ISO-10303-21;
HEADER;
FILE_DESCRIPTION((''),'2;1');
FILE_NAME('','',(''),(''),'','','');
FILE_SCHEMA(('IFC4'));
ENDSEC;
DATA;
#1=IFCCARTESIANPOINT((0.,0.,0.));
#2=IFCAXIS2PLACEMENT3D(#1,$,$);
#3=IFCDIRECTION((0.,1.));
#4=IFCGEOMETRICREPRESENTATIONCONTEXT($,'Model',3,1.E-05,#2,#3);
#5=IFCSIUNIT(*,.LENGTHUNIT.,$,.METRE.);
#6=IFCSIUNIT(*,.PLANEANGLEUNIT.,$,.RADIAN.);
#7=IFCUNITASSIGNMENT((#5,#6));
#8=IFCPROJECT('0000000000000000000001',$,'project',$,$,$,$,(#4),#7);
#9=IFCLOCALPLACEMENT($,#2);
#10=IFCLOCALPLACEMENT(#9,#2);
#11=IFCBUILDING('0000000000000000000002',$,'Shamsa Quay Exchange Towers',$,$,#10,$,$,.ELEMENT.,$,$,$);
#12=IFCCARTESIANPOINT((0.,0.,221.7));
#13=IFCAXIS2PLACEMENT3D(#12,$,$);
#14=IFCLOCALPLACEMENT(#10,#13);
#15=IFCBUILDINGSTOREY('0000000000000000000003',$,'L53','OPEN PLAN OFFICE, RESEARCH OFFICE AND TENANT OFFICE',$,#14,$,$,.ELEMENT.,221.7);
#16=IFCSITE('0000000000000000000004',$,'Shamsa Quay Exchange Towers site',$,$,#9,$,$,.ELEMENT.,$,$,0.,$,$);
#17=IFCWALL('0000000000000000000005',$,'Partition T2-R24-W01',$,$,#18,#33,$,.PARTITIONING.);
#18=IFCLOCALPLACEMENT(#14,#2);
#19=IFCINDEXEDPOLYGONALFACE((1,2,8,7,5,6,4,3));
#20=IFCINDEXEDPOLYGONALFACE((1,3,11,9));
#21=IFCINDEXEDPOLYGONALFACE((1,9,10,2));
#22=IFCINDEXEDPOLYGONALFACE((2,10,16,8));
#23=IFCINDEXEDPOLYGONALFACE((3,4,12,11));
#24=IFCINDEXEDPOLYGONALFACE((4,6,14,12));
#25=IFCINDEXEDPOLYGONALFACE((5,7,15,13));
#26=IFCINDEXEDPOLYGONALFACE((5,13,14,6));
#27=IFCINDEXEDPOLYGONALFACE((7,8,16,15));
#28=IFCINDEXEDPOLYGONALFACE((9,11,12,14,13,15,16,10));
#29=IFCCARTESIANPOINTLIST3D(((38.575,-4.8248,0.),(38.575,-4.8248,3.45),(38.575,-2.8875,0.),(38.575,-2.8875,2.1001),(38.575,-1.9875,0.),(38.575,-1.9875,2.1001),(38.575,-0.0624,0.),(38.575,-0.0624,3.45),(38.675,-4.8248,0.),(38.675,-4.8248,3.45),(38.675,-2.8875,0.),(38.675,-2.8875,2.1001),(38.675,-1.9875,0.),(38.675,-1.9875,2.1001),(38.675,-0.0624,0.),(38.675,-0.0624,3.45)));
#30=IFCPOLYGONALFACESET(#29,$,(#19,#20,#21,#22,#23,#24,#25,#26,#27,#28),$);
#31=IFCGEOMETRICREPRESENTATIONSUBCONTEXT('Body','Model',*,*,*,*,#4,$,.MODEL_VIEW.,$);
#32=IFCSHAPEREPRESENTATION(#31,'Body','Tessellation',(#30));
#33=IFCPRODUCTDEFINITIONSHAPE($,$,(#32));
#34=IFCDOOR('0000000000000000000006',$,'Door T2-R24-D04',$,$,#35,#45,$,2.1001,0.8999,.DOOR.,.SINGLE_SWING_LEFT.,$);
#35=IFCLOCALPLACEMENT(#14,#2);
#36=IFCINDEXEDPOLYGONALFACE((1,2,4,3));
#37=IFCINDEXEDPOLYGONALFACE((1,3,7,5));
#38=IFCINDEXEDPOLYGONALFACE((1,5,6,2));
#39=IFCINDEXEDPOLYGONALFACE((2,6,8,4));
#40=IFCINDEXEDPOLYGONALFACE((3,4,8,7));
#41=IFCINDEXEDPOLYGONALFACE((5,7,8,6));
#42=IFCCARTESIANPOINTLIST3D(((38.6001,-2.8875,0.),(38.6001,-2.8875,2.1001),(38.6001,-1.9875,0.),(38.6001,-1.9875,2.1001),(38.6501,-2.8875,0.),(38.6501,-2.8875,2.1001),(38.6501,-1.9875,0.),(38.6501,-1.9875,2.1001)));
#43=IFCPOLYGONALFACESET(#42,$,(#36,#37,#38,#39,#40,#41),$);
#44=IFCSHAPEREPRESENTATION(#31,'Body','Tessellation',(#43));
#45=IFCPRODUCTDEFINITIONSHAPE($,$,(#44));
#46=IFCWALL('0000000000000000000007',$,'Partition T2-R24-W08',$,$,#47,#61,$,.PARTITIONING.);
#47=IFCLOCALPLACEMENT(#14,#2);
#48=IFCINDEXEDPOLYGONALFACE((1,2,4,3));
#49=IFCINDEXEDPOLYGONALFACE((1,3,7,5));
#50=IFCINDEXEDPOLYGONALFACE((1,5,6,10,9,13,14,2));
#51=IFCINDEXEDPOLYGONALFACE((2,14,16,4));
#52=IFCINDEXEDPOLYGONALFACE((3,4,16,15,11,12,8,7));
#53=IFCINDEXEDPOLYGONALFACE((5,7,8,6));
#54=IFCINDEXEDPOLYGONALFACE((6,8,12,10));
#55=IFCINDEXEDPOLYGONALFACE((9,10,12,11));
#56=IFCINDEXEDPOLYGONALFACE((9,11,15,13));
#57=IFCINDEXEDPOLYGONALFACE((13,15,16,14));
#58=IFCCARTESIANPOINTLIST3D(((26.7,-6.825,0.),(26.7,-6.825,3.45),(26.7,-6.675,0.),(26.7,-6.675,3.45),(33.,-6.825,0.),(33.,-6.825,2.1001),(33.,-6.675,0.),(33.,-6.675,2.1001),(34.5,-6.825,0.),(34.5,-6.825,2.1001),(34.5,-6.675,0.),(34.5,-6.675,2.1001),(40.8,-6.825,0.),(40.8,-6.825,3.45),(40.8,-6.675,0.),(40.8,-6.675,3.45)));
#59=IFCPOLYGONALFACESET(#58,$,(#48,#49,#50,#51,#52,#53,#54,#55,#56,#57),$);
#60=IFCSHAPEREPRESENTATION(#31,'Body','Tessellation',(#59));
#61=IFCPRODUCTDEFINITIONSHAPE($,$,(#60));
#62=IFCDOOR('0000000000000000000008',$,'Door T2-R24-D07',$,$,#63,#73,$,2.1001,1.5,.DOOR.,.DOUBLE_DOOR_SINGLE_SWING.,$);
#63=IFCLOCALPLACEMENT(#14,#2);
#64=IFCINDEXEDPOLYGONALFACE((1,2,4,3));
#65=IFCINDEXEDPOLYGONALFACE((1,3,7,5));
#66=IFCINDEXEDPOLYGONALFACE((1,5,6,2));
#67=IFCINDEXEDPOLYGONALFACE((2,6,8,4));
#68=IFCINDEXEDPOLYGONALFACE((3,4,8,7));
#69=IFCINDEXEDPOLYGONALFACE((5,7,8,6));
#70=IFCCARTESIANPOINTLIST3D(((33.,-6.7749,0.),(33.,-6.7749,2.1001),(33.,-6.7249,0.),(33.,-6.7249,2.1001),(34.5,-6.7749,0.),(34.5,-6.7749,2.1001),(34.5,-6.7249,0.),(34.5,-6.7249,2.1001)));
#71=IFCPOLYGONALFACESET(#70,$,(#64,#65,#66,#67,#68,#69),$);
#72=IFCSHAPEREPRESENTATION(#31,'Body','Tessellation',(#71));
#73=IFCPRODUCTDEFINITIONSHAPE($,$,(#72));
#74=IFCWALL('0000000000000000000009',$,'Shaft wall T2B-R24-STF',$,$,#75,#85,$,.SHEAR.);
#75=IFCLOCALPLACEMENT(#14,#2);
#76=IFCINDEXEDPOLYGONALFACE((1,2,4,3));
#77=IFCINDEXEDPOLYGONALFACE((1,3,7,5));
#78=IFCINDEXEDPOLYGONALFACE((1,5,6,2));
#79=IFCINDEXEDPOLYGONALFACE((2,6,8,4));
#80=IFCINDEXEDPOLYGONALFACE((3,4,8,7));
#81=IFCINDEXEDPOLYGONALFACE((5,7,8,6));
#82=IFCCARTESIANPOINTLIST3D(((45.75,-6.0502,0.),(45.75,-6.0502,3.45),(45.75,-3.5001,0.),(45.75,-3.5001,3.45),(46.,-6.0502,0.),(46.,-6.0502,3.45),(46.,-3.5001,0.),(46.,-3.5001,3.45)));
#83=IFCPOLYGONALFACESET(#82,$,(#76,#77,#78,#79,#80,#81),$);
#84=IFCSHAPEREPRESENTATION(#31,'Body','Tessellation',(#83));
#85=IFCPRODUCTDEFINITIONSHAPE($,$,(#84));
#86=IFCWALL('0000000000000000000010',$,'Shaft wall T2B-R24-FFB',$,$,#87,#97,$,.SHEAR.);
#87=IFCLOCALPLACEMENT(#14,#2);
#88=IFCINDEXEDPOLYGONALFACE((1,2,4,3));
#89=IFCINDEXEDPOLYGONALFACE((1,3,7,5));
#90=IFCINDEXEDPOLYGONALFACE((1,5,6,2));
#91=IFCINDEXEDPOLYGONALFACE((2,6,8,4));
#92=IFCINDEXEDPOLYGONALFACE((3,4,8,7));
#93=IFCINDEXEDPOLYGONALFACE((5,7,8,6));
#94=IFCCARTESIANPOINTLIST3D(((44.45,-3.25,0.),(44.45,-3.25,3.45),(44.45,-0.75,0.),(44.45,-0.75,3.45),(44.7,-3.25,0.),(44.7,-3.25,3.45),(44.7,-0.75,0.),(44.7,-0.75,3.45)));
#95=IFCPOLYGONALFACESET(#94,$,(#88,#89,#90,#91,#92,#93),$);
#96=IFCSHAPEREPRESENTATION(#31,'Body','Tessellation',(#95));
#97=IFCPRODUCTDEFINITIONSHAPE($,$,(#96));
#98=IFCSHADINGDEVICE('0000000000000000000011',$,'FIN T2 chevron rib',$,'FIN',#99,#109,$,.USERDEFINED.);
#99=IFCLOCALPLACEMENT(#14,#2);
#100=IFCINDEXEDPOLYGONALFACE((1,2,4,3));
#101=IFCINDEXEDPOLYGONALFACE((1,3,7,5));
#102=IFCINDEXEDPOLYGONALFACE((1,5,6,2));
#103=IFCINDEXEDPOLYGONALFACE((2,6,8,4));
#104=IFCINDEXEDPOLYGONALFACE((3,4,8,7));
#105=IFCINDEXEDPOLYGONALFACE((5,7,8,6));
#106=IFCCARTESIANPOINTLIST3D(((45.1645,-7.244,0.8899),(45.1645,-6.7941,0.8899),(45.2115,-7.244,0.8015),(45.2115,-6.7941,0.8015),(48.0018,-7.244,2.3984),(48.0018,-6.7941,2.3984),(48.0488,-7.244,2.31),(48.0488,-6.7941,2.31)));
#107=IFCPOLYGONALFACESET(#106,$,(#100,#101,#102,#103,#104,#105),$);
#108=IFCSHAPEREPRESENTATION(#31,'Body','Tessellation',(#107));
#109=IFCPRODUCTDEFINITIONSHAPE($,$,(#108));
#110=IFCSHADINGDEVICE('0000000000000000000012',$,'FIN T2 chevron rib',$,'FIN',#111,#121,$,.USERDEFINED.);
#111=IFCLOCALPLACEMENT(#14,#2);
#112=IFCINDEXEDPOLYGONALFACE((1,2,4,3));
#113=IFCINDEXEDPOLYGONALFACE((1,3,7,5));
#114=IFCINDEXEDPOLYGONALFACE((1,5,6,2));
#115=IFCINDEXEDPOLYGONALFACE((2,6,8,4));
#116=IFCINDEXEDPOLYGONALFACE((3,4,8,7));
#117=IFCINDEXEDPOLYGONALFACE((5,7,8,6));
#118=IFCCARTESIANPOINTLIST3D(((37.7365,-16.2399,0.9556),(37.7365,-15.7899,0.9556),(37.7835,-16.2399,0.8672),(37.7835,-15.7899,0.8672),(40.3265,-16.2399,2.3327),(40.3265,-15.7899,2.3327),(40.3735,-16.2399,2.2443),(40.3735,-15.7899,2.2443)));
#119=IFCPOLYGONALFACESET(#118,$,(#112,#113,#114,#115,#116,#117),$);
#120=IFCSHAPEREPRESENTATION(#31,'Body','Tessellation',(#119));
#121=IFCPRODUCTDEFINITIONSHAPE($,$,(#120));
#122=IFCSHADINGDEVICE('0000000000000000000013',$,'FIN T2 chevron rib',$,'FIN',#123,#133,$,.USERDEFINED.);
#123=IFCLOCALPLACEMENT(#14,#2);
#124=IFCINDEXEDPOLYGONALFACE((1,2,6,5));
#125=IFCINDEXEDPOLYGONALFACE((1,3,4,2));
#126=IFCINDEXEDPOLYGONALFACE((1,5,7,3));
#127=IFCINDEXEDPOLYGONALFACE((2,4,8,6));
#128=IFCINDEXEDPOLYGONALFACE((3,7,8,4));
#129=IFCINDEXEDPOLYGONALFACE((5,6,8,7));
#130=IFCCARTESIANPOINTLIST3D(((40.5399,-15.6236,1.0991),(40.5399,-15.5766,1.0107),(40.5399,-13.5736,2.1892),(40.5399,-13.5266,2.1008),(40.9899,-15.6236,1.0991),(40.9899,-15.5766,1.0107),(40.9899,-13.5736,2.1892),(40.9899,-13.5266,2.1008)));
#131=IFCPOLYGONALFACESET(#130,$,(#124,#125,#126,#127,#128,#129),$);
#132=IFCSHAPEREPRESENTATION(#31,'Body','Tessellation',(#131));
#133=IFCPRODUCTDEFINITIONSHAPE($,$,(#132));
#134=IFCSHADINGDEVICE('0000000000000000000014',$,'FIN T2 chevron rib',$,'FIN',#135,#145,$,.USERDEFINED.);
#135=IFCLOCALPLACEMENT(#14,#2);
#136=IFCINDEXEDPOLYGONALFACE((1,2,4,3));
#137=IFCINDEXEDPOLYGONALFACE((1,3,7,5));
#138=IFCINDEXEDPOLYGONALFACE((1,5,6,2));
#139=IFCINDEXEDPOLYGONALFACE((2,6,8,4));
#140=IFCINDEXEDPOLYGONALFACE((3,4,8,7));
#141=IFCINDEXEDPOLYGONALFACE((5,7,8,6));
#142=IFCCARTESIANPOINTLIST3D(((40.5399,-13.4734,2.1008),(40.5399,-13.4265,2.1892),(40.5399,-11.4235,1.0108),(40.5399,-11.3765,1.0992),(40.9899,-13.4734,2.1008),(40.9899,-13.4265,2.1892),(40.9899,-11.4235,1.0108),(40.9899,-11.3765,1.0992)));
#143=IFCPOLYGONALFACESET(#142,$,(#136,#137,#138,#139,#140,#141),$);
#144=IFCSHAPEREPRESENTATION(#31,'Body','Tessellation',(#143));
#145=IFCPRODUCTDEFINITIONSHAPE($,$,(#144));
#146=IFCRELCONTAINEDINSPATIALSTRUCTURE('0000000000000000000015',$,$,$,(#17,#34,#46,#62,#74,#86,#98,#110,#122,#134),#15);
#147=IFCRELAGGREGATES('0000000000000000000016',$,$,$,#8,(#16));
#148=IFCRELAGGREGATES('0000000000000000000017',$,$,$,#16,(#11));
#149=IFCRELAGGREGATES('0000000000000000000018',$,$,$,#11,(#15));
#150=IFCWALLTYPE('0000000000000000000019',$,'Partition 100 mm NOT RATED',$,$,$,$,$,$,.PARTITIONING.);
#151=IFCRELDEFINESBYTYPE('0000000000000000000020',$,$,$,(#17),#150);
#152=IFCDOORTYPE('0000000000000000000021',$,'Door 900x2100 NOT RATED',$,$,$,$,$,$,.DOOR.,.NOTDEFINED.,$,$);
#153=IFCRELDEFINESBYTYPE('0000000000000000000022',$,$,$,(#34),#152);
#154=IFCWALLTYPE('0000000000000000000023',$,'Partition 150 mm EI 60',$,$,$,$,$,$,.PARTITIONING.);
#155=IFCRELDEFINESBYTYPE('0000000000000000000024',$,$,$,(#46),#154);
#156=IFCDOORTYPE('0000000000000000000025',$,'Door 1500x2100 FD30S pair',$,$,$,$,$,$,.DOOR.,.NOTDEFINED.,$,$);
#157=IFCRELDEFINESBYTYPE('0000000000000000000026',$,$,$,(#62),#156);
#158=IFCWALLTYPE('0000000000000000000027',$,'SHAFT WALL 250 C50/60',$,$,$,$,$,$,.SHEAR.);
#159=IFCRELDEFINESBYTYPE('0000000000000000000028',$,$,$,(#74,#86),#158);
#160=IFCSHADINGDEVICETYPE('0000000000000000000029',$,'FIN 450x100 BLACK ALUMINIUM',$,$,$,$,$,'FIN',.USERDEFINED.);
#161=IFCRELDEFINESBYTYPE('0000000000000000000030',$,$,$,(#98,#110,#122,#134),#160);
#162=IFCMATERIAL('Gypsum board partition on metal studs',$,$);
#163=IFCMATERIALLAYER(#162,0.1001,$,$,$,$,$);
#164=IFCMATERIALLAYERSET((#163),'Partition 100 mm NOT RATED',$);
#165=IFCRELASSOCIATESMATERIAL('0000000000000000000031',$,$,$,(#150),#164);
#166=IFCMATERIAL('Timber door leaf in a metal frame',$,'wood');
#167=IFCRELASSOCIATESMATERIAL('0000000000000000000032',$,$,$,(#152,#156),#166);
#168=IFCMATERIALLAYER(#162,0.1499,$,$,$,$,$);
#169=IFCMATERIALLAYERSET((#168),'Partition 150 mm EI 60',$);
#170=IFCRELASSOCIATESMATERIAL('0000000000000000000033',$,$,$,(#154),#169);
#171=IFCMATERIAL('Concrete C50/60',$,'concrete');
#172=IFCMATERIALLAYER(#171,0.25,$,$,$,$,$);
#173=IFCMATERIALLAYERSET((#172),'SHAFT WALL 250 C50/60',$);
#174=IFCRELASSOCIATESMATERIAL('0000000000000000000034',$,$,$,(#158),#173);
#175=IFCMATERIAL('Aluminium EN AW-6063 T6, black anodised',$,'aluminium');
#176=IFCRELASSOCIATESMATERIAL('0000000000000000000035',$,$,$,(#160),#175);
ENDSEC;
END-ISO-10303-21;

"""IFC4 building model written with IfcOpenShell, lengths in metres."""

from ifc_helpers import new_model, si_unit, direction, frame, frame_2d, origin, origin_2d, place, context, subcontext, project, spatial, rectangle, extrude, material, layer, layer_set, material_profile, profile_set, type_object, element, fill, save


model = new_model("IFC4")

# Units and contexts
model_context = context("Model", 3, precision=1e-05, world=origin(), true_north=direction((0.0, 1.0)))
body_context = subcontext(model_context, "Body", "Model", "MODEL_VIEW")
ifc_project = project(units=[si_unit("LENGTHUNIT", "METRE"), si_unit("PLANEANGLEUNIT", "RADIAN")], contexts=[model_context])

# Site, building, storey
site_placement = place(None, origin())
site = spatial("IfcSite", under=ifc_project, at=site_placement, Name="Shamsa Quay Exchange Towers site", CompositionType="ELEMENT", RefElevation=0.0)
building_placement = place(site_placement, origin())
building = spatial("IfcBuilding", under=site, at=building_placement, Name="Shamsa Quay Exchange Towers", CompositionType="ELEMENT")
storey_placement = place(building_placement, frame((0.0, 0.0, 221.7)))
storey = spatial("IfcBuildingStorey", under=building, at=storey_placement, Name="L53", Description="OPEN PLAN OFFICE, RESEARCH OFFICE AND TENANT OFFICE", CompositionType="ELEMENT", Elevation=221.7)

# Shared definitions
ifc_material_1 = material(Name="Aluminium EN AW-6063 T6, black anodised", Category="aluminium")

# Walls, openings, doors
ifc_material_2 = material(Name="Gypsum board partition on metal studs")
ifc_layer_1 = layer(ifc_material_2, 0.1001)
ifc_layer_set_1 = layer_set([ifc_layer_1], Name="Partition 100 mm NOT RATED")
wall_type_1 = type_object("IfcWallType", Name="Partition 100 mm NOT RATED", PredefinedType="PARTITIONING", material=ifc_layer_set_1)
wall_1_placement = place(storey_placement, frame((38.625, -4.825, 0.0), z_axis=(0.0, 0.0, 1.0), x_axis=(0.0, 1.0, 0.0)))
wall_1 = element("IfcWall", 1, at=wall_1_placement, inside=storey, type_object=wall_type_1, Name="Partition T2-R24-W01", PredefinedType="PARTITIONING", context=body_context, shape_type="SweptSolid", body=[
    extrude(rectangle(XDim=4.7625, YDim=0.1001, at=frame_2d((2.3813, 0.0))), origin(), (0.0, 0.0, 1.0), 3.45),
])
opening_1_placement = place(wall_1_placement, frame((1.9375, 0.0, 0.0)))
opening_1 = element("IfcOpeningElement", 2, at=opening_1_placement, cuts=wall_1, PredefinedType="OPENING", context=body_context, shape_type="SweptSolid", body=[
    extrude(rectangle(XDim=0.8999, YDim=2.1001, at=frame_2d((0.45, 1.05))), frame((0.0, 0.0601, 0.0), z_axis=(0.0, -1.0, 0.0), x_axis=(1.0, 0.0, 0.0)), (0.0, 0.0, 1.0), 0.1201),
])
ifc_material_3 = material(Name="Timber door leaf in a metal frame", Category="wood")
door_type_1 = type_object("IfcDoorType", Name="Door 900x2100 NOT RATED", OperationType="NOTDEFINED", PredefinedType="DOOR", material=ifc_material_3)
door_1_placement = place(opening_1_placement, origin())
door_1 = element("IfcDoor", 3, at=door_1_placement, inside=storey, type_object=door_type_1, Name="Door T2-R24-D04", OperationType="SINGLE_SWING_LEFT", OverallHeight=2.1001, OverallWidth=0.8999, PredefinedType="DOOR", context=body_context, shape_type="SweptSolid", body=[
    extrude(rectangle(XDim=0.8999, YDim=2.1001, at=frame_2d((0.45, 1.05))), frame((0.0, 0.0249, 0.0), z_axis=(0.0, -1.0, 0.0), x_axis=(1.0, 0.0, 0.0)), (0.0, 0.0, 1.0), 0.05),
])
fill(opening_1, door_1)
ifc_layer_2 = layer(ifc_material_2, 0.1499)
ifc_layer_set_2 = layer_set([ifc_layer_2], Name="Partition 150 mm EI 60")
wall_type_2 = type_object("IfcWallType", Name="Partition 150 mm EI 60", PredefinedType="PARTITIONING", material=ifc_layer_set_2)
wall_2_placement = place(storey_placement, frame((40.8, -6.75, 0.0), z_axis=(0.0, 0.0, 1.0), x_axis=(-1.0, 0.0, 0.0)))
wall_2 = element("IfcWall", 4, at=wall_2_placement, inside=storey, type_object=wall_type_2, Name="Partition T2-R24-W08", PredefinedType="PARTITIONING", context=body_context, shape_type="SweptSolid", body=[
    extrude(rectangle(XDim=14.1001, YDim=0.1499, at=frame_2d((7.05, 0.0))), origin(), (0.0, 0.0, 1.0), 3.45),
])
opening_2_placement = place(wall_2_placement, frame((6.3, 0.0, 0.0)))
opening_2 = element("IfcOpeningElement", 5, at=opening_2_placement, cuts=wall_2, PredefinedType="OPENING", context=body_context, shape_type="SweptSolid", body=[
    extrude(rectangle(XDim=1.5, YDim=2.1001, at=frame_2d((0.75, 1.05))), frame((0.0, 0.085, 0.0), z_axis=(0.0, -1.0, 0.0), x_axis=(1.0, 0.0, 0.0)), (0.0, 0.0, 1.0), 0.1699),
])
door_type_2 = type_object("IfcDoorType", Name="Door 1500x2100 FD30S pair", OperationType="NOTDEFINED", PredefinedType="DOOR", material=ifc_material_3)
door_2_placement = place(opening_2_placement, origin())
door_2 = element("IfcDoor", 6, at=door_2_placement, inside=storey, type_object=door_type_2, Name="Door T2-R24-D07", OperationType="DOUBLE_DOOR_SINGLE_SWING", OverallHeight=2.1001, OverallWidth=1.5, PredefinedType="DOOR", context=body_context, shape_type="SweptSolid", body=[
    extrude(rectangle(XDim=1.5, YDim=2.1001, at=frame_2d((0.75, 1.05))), frame((0.0, 0.0249, 0.0), z_axis=(0.0, -1.0, 0.0), x_axis=(1.0, 0.0, 0.0)), (0.0, 0.0, 1.0), 0.05),
])
fill(opening_2, door_2)

# Wall
ifc_material_4 = material(Name="Concrete C50/60", Category="concrete")
ifc_layer_3 = layer(ifc_material_4, 0.25)
ifc_layer_set_3 = layer_set([ifc_layer_3], Name="SHAFT WALL 250 C50/60")
wall_type_3 = type_object("IfcWallType", Name="SHAFT WALL 250 C50/60", PredefinedType="SHEAR", material=ifc_layer_set_3)
wall_3_placement = place(storey_placement, frame((45.875, -6.05, 0.0), z_axis=(0.0, 0.0, 1.0), x_axis=(0.0, 1.0, 0.0)))
element("IfcWall", 7, at=wall_3_placement, inside=storey, type_object=wall_type_3, Name="Shaft wall T2B-R24-STF", PredefinedType="SHEAR", context=body_context, shape_type="SweptSolid", body=[
    extrude(rectangle(XDim=2.55, YDim=0.25, at=frame_2d((1.2749, 0.0))), origin(), (0.0, 0.0, 1.0), 3.45),
])

# Wall
wall_4_placement = place(storey_placement, frame((44.575, -3.25, 0.0), z_axis=(0.0, 0.0, 1.0), x_axis=(0.0, 1.0, 0.0)))
element("IfcWall", 8, at=wall_4_placement, inside=storey, type_object=wall_type_3, Name="Shaft wall T2B-R24-FFB", PredefinedType="SHEAR", context=body_context, shape_type="SweptSolid", body=[
    extrude(rectangle(XDim=2.5, YDim=0.25, at=frame_2d((1.25, 0.0))), origin(), (0.0, 0.0, 1.0), 3.45),
])

# Shading devices
ifc_material_profile_1 = material_profile(ifc_material_1, rectangle(XDim=0.45, YDim=0.1001, at=origin_2d()), Name="FIN450x100")
ifc_profile_set_1 = profile_set([ifc_material_profile_1], Name="Aluminium EN AW-6063 T6, black anodised")
shading_device_type = type_object("IfcShadingDeviceType", Name="FIN 450x100 BLACK ALUMINIUM", ElementType="FIN", PredefinedType="USERDEFINED", material=ifc_profile_set_1)
shading_device_1_placement = place(storey_placement, frame((45.188, -7.019, 0.8457), z_axis=(0.882964, 0.0, 0.46944), x_axis=(0.0, 1.0, 0.0)))
element("IfcShadingDevice", 9, at=shading_device_1_placement, inside=storey, type_object=shading_device_type, Name="FIN T2 chevron rib", ObjectType="FIN", PredefinedType="USERDEFINED", context=body_context, shape_type="SweptSolid", body=[
    extrude(rectangle(XDim=0.45, YDim=0.1001, at=origin_2d()), origin(), (0.0, 0.0, 1.0), 3.2134),
])
shading_device_2_placement = place(storey_placement, frame((37.76, -16.0149, 0.9114), z_axis=(0.882944, 0.0, 0.469478), x_axis=(0.0, 1.0, 0.0)))
element("IfcShadingDevice", 10, at=shading_device_2_placement, inside=storey, type_object=shading_device_type, Name="FIN T2 chevron rib", ObjectType="FIN", PredefinedType="USERDEFINED", context=body_context, shape_type="SweptSolid", body=[
    extrude(rectangle(XDim=0.45, YDim=0.1001, at=origin_2d()), origin(), (0.0, 0.0, 1.0), 2.9333),
])
for number, where, z_axis, x_axis, name in (
    (11, (40.7649, -15.6001, 1.0549), (0.0, 0.882937, 0.469491), (-1.0, 0.0, 0.0), "FIN T2 chevron rib"),
    (12, (40.7649, -13.45, 2.145), (0.0, 0.882937, -0.469491), (-1.0, 0.0, 0.0), "FIN T2 chevron rib"),
):
    element("IfcShadingDevice", number, at=place(storey_placement, frame(where, z_axis=z_axis, x_axis=x_axis)), inside=storey, type_object=shading_device_type, Name=name, ObjectType="FIN", PredefinedType="USERDEFINED", context=body_context, shape_type="SweptSolid", body=[
        extrude(rectangle(XDim=0.45, YDim=0.1001, at=origin_2d()), origin(), (0.0, 0.0, 1.0), 2.3218),
    ])

save(model, "model.ifc")
